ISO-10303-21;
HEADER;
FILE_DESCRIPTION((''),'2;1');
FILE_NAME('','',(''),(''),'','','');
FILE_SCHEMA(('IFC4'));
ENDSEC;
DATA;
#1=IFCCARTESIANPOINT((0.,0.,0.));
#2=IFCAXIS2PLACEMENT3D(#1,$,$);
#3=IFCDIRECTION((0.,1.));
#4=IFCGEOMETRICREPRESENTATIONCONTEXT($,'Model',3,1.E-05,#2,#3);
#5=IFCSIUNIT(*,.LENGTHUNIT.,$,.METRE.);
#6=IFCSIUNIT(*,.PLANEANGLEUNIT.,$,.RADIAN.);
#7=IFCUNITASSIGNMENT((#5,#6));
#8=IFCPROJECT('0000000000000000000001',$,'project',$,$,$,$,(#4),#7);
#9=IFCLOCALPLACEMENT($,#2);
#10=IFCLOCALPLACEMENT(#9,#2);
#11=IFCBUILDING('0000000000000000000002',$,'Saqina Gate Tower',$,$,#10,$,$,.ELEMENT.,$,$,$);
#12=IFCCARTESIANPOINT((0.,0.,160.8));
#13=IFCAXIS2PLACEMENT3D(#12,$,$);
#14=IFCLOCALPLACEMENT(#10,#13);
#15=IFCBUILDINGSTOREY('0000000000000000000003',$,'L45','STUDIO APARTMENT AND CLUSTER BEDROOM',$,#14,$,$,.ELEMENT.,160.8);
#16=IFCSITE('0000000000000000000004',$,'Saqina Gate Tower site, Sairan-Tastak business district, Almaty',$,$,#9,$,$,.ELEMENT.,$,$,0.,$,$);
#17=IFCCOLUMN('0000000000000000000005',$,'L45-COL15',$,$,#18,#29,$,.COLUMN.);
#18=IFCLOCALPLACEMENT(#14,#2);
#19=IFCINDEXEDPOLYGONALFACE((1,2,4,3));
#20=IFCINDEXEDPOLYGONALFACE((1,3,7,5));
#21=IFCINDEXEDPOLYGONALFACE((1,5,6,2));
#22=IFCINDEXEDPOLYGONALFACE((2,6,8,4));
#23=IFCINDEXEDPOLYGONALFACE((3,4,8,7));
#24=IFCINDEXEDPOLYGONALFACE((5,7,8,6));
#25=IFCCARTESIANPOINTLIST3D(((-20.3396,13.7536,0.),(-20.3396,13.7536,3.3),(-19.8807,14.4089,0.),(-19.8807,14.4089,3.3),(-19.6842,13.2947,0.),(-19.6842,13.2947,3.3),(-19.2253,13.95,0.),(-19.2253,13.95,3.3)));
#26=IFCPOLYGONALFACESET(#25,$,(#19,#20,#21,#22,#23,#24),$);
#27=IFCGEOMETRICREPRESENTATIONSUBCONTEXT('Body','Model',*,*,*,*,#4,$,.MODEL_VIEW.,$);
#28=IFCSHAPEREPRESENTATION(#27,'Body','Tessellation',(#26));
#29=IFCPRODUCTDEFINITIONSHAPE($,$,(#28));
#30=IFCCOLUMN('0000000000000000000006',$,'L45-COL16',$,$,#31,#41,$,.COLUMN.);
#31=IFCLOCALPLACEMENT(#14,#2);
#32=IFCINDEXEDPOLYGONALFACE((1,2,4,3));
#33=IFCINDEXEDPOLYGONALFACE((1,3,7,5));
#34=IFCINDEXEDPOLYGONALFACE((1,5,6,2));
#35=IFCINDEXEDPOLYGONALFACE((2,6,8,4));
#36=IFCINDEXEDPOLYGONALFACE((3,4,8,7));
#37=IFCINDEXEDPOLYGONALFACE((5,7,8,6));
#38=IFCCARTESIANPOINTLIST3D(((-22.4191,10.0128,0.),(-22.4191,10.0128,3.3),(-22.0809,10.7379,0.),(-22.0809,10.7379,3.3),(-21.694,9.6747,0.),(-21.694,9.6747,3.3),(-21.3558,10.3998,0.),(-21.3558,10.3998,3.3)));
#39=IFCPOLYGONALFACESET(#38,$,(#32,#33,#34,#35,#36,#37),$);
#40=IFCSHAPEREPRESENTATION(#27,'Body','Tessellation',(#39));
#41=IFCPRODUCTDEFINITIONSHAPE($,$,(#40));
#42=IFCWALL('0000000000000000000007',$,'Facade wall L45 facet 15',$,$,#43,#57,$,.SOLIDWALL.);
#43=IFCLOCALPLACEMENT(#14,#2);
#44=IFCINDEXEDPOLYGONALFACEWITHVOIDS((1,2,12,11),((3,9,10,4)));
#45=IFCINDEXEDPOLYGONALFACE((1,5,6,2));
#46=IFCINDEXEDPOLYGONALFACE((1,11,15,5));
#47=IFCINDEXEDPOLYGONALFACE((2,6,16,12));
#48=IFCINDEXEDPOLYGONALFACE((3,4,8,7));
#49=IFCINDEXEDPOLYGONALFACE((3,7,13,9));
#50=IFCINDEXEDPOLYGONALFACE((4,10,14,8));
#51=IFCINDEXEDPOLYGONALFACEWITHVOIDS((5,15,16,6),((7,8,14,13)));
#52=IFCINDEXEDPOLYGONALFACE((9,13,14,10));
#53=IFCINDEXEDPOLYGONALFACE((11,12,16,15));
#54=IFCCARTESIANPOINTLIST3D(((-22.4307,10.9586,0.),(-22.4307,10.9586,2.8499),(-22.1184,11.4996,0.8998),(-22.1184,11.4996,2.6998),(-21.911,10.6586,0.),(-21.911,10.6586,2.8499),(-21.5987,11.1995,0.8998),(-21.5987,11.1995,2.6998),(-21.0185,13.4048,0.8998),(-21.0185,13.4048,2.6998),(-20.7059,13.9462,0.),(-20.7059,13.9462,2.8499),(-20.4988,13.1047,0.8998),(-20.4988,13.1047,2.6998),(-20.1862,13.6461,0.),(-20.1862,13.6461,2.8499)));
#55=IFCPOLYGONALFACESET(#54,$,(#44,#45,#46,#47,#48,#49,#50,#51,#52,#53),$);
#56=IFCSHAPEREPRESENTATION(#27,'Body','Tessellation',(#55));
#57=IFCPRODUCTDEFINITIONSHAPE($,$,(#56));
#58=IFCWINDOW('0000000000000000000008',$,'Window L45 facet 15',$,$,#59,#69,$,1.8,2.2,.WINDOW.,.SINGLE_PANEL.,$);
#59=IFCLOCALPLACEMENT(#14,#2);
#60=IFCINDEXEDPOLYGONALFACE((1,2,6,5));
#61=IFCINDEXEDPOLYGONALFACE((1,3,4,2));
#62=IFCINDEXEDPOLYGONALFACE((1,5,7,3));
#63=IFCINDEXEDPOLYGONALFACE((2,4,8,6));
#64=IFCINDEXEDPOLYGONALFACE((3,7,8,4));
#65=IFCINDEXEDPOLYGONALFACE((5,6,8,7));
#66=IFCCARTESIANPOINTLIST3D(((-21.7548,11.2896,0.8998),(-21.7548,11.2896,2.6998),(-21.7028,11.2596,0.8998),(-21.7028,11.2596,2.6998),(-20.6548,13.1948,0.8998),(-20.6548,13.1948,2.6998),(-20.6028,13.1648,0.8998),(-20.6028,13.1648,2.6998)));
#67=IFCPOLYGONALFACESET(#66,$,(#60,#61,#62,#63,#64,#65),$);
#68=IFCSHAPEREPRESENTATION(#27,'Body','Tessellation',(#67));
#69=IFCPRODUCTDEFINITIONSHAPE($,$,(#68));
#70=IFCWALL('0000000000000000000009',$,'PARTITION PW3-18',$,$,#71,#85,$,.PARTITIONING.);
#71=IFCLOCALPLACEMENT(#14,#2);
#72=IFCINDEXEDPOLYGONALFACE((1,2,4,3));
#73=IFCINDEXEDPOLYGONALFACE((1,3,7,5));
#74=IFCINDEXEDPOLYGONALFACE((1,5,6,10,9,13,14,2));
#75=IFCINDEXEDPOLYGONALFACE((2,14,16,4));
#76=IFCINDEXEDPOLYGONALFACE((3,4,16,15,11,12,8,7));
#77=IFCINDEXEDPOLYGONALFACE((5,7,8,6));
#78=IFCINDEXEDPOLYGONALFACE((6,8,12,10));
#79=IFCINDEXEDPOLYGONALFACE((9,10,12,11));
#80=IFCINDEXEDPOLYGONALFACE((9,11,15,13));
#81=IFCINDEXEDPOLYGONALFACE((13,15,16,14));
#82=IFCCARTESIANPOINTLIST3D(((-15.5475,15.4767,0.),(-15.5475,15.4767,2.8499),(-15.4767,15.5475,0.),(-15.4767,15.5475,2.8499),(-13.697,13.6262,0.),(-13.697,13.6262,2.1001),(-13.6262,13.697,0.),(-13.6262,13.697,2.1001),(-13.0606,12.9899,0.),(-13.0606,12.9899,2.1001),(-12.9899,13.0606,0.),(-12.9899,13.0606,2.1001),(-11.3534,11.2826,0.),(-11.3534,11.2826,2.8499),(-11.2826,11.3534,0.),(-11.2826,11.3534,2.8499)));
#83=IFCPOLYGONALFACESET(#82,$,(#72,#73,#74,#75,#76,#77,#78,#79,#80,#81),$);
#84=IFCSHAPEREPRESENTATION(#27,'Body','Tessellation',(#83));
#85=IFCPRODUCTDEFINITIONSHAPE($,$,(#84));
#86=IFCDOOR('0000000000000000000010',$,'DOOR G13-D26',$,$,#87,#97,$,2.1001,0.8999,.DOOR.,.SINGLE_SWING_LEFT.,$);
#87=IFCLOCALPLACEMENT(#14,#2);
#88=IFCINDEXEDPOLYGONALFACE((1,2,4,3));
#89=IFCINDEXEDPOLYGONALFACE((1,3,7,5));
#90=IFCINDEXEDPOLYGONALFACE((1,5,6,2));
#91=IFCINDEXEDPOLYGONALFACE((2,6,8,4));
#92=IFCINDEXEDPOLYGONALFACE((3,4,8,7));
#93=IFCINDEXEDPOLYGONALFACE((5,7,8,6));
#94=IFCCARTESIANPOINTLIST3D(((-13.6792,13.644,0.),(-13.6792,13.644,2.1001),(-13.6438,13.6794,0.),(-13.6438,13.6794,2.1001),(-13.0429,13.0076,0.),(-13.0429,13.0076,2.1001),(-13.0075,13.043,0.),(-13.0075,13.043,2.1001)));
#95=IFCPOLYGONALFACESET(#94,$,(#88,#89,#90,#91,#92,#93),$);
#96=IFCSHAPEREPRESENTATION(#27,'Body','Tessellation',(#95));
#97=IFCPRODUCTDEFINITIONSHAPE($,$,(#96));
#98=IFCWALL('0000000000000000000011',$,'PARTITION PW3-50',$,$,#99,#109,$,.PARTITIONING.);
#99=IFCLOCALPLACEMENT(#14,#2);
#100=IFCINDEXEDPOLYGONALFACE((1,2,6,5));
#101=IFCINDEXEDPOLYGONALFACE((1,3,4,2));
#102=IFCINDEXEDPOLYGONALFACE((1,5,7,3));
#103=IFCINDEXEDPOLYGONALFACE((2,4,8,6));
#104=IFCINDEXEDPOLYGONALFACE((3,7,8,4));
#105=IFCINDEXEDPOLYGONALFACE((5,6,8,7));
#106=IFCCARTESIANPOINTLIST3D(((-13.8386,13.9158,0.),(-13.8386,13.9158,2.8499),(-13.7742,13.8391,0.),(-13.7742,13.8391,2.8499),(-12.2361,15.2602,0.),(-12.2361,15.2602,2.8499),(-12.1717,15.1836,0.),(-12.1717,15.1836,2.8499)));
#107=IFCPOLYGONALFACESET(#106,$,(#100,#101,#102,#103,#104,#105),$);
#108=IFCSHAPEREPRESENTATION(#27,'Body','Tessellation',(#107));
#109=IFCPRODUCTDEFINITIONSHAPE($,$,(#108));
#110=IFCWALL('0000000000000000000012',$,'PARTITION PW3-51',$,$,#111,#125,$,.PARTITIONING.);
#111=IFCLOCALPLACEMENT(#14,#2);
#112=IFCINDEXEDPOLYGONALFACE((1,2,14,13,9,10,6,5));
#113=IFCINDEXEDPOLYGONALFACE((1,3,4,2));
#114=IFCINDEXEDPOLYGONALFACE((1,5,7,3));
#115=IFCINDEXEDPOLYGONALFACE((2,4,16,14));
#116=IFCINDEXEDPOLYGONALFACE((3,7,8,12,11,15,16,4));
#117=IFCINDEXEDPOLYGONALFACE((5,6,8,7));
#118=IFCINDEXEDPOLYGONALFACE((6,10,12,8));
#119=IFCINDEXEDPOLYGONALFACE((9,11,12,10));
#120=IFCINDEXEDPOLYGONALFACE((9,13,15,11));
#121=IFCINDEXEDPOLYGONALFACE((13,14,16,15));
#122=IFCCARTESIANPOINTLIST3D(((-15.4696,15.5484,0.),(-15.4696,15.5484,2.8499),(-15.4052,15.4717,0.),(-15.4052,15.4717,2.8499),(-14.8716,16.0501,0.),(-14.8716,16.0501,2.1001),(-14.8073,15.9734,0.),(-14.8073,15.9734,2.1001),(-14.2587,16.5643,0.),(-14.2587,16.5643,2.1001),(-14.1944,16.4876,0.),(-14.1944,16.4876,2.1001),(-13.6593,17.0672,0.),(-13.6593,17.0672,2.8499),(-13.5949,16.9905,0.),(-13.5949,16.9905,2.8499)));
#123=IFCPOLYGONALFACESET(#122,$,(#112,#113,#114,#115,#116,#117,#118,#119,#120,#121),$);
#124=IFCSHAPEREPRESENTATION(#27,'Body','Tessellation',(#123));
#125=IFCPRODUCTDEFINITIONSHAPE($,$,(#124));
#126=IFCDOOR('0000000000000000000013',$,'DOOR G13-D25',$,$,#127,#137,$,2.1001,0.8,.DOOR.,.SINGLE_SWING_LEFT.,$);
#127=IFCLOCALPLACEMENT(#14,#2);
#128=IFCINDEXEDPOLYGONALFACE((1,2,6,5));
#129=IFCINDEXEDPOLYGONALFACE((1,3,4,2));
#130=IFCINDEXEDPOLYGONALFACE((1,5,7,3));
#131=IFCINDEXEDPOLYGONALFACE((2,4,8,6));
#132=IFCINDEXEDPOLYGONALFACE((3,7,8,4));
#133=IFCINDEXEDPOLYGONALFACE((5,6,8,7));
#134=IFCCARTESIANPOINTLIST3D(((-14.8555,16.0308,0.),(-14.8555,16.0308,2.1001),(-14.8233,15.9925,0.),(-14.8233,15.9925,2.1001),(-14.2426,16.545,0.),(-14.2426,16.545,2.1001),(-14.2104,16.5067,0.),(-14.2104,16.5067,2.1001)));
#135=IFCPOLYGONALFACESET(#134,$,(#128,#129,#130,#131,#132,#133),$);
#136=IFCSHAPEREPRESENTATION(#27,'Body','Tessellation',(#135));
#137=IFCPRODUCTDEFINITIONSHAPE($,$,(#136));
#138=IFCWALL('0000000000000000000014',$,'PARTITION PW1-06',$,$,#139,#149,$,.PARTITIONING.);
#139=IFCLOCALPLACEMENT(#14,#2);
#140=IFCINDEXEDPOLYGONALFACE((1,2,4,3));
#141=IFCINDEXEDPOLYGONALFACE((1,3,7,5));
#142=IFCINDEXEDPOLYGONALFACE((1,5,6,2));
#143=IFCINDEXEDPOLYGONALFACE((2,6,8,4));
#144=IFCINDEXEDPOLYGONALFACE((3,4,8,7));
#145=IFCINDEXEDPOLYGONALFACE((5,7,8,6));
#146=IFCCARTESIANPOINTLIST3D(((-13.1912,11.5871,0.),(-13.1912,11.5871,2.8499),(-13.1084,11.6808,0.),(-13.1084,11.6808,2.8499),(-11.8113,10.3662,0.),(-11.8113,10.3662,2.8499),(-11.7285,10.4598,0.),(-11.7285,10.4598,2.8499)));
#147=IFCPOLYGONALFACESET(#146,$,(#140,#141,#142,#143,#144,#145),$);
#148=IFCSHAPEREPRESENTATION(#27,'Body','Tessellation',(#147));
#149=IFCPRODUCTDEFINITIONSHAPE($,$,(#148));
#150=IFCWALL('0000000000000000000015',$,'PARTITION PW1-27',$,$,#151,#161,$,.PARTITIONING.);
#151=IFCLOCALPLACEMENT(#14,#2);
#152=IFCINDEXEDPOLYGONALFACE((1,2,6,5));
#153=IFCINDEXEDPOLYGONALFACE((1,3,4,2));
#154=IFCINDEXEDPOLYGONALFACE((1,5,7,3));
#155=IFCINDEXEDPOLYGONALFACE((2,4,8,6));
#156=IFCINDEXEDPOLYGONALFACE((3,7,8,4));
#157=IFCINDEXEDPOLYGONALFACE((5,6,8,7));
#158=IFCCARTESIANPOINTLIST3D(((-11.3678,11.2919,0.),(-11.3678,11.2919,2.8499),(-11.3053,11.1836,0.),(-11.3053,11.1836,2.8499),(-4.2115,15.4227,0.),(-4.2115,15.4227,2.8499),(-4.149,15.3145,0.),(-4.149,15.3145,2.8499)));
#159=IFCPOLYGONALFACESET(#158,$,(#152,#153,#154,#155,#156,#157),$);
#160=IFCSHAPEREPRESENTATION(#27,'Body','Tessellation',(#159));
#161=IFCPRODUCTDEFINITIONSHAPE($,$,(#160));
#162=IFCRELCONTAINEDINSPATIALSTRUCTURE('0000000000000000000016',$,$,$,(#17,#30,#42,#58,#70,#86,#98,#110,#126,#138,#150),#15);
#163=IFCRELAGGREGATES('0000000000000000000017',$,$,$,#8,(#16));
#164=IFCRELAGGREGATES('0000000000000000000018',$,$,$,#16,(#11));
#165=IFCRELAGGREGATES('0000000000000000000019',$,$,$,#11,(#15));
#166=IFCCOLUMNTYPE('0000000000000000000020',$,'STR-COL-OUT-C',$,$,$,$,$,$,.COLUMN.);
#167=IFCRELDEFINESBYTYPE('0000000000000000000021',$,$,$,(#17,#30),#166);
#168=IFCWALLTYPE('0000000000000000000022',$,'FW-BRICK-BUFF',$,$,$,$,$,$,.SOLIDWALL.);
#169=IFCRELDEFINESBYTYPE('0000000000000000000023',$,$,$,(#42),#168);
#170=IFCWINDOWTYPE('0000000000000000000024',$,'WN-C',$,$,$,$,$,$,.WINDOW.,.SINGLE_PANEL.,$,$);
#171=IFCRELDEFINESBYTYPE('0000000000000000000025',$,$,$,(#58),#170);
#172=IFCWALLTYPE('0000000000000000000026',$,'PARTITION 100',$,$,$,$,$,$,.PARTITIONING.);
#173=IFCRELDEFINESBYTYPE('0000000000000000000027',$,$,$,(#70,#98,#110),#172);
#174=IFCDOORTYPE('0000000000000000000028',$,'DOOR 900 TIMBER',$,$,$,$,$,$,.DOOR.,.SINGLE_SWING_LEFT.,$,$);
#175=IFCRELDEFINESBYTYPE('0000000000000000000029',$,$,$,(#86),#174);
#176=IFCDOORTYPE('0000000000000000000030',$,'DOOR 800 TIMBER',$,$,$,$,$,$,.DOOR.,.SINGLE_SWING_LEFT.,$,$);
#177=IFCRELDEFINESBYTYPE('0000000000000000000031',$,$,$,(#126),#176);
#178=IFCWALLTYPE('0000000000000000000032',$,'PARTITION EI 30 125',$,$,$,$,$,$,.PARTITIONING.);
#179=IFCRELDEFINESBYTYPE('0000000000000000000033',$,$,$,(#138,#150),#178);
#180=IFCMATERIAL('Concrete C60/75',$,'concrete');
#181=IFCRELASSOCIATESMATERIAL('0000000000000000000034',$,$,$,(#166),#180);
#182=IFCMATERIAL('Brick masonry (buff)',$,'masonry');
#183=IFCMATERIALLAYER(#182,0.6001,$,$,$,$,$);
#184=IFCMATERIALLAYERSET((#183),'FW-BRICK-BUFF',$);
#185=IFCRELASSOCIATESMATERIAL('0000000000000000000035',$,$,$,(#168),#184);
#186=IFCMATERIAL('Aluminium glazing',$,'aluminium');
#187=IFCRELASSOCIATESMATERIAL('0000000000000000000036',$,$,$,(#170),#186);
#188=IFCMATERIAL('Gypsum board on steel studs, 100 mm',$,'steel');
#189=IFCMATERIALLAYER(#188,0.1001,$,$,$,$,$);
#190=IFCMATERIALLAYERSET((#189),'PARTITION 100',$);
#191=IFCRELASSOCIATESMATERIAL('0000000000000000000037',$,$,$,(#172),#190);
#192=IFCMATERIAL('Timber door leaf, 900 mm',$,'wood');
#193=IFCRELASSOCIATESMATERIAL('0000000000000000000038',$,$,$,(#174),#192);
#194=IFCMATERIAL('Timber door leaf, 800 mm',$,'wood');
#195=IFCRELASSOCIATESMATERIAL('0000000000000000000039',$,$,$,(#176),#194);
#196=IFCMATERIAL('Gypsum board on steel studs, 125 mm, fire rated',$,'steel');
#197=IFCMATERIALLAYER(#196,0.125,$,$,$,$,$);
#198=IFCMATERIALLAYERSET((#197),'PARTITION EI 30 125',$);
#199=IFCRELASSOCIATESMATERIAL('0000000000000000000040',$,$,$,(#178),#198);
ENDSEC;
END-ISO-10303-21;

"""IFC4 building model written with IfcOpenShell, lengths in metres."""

from ifc_helpers import new_model, si_unit, direction, frame, frame_2d, origin, origin_2d, place, context, subcontext, project, spatial, rectangle, extrude, material, layer, layer_set, material_profile, profile_set, type_object, element, fill, save


model = new_model("IFC4")

# Units and contexts
model_context = context("Model", 3, precision=1e-05, world=origin(), true_north=direction((0.0, 1.0)))
body_context = subcontext(model_context, "Body", "Model", "MODEL_VIEW")
ifc_project = project(units=[si_unit("LENGTHUNIT", "METRE"), si_unit("PLANEANGLEUNIT", "RADIAN")], contexts=[model_context])

# Site, building, storey
site_placement = place(None, origin())
site = spatial("IfcSite", under=ifc_project, at=site_placement, Name="Saqina Gate Tower site, Sairan-Tastak business district, Almaty", CompositionType="ELEMENT", RefElevation=0.0)
building_placement = place(site_placement, origin())
building = spatial("IfcBuilding", under=site, at=building_placement, Name="Saqina Gate Tower", CompositionType="ELEMENT")
storey_placement = place(building_placement, frame((0.0, 0.0, 160.8)))
storey = spatial("IfcBuildingStorey", under=building, at=storey_placement, Name="L45", Description="STUDIO APARTMENT AND CLUSTER BEDROOM", CompositionType="ELEMENT", Elevation=160.8)

# Columns
ifc_material_1 = material(Name="Concrete C60/75", Category="concrete")
ifc_material_profile = material_profile(ifc_material_1, rectangle(XDim=0.8, YDim=0.8, at=origin_2d()), Name="RC 800x800")
ifc_profile_set = profile_set([ifc_material_profile], Name="Concrete C60/75")
column_type = type_object("IfcColumnType", Name="STR-COL-OUT-C", PredefinedType="COLUMN", material=ifc_profile_set)
for number, where, z_axis, x_axis, name in (
    (1, (-19.7825, 13.8518, 0.0), (0.0, 0.0, 1.0), (-0.819152, 0.573576, 0.0), "L45-COL15"),
    (2, (-21.8875, 10.2063, 0.0), (0.0, 0.0, 1.0), (-0.906308, 0.422618, 0.0), "L45-COL16"),
):
    element("IfcColumn", number, at=place(storey_placement, frame(where, z_axis=z_axis, x_axis=x_axis)), inside=storey, type_object=column_type, Name=name, PredefinedType="COLUMN", context=body_context, shape_type="SweptSolid", body=[
        extrude(rectangle(XDim=0.8, YDim=0.8, at=origin_2d()), origin(), (0.0, 0.0, 1.0), 3.3),
    ])

# Wall, opening, window
ifc_material_2 = material(Name="Brick masonry (buff)", Category="masonry")
ifc_layer_1 = layer(ifc_material_2, 0.6001)
ifc_layer_set_1 = layer_set([ifc_layer_1], Name="FW-BRICK-BUFF")
wall_type_1 = type_object("IfcWallType", Name="FW-BRICK-BUFF", PredefinedType="SOLIDWALL", material=ifc_layer_set_1)
wall_1_placement = place(storey_placement, frame((-20.446, 13.7961, 0.0), z_axis=(0.0, 0.0, 1.0), x_axis=(-0.499998, -0.866026, 0.0)))
wall_1 = element("IfcWall", 3, at=wall_1_placement, inside=storey, type_object=wall_type_1, Name="Facade wall L45 facet 15", PredefinedType="SOLIDWALL", context=body_context, shape_type="SweptSolid", body=[
    extrude(rectangle(XDim=3.4497, YDim=0.6001, at=frame_2d((1.7249, 0.0))), origin(), (0.0, 0.0, 1.0), 2.8499),
])
opening_1_placement = place(wall_1_placement, frame((0.625, 0.0, 0.8999)))
opening_1 = element("IfcOpeningElement", 4, at=opening_1_placement, cuts=wall_1, PredefinedType="OPENING", context=body_context, shape_type="SweptSolid", body=[
    extrude(rectangle(XDim=2.2, YDim=1.8, at=frame_2d((1.1001, 0.8999))), frame((0.0, 0.312, 0.0), z_axis=(0.0, -1.0, 0.0), x_axis=(1.0, 0.0, 0.0)), (0.0, 0.0, 1.0), 0.624),
])
ifc_material_3 = material(Name="Aluminium glazing", Category="aluminium")
window_type = type_object("IfcWindowType", Name="WN-C", PartitioningType="SINGLE_PANEL", PredefinedType="WINDOW", material=ifc_material_3)
window_placement = place(opening_1_placement, origin())
window = element("IfcWindow", 5, at=window_placement, inside=storey, type_object=window_type, Name="Window L45 facet 15", OverallHeight=1.8, OverallWidth=2.2, PartitioningType="SINGLE_PANEL", PredefinedType="WINDOW", context=body_context, shape_type="SweptSolid", body=[
    extrude(rectangle(XDim=2.2, YDim=1.8, at=frame_2d((1.1001, 0.8999))), frame((0.0, 0.1799, 0.0), z_axis=(0.0, -1.0, 0.0), x_axis=(1.0, 0.0, 0.0)), (0.0, 0.0, 1.0), 0.0601),
])
fill(opening_1, window)

# Wall, opening, door
ifc_material_4 = material(Name="Gypsum board on steel studs, 100 mm", Category="steel")
ifc_layer_2 = layer(ifc_material_4, 0.1001)
ifc_layer_set_2 = layer_set([ifc_layer_2], Name="PARTITION 100")
wall_type_2 = type_object("IfcWallType", Name="PARTITION 100", PredefinedType="PARTITIONING", material=ifc_layer_set_2)
wall_2_placement = place(storey_placement, frame((-15.5122, 15.5122, 0.0), z_axis=(0.0, 0.0, 1.0), x_axis=(0.707107, -0.707107, 0.0)))
wall_2 = element("IfcWall", 6, at=wall_2_placement, inside=storey, type_object=wall_type_2, Name="PARTITION PW3-18", PredefinedType="PARTITIONING", context=body_context, shape_type="SweptSolid", body=[
    extrude(rectangle(XDim=5.9314, YDim=0.1001, at=frame_2d((2.9658, 0.0))), origin(), (0.0, 0.0, 1.0), 2.8499),
])
opening_2_placement = place(wall_2_placement, frame((2.6172, 0.0, 0.0)))
opening_2 = element("IfcOpeningElement", 7, at=opening_2_placement, cuts=wall_2, PredefinedType="OPENING", context=body_context, shape_type="SweptSolid", body=[
    extrude(rectangle(XDim=0.8999, YDim=2.1001, at=frame_2d((0.45, 1.05))), frame((0.0, 0.062, 0.0), z_axis=(0.0, -1.0, 0.0), x_axis=(1.0, 0.0, 0.0)), (0.0, 0.0, 1.0), 0.124),
])
ifc_material_5 = material(Name="Timber door leaf, 900 mm", Category="wood")
door_type_1 = type_object("IfcDoorType", Name="DOOR 900 TIMBER", OperationType="SINGLE_SWING_LEFT", PredefinedType="DOOR", material=ifc_material_5)
door_1_placement = place(opening_2_placement, frame((0.8999, 0.0, 0.0), z_axis=(0.0, 0.0, 1.0), x_axis=(-1.0, 0.0, 0.0)))
door_1 = element("IfcDoor", 8, at=door_1_placement, inside=storey, type_object=door_type_1, Name="DOOR G13-D26", OperationType="SINGLE_SWING_LEFT", OverallHeight=2.1001, OverallWidth=0.8999, PredefinedType="DOOR", context=body_context, shape_type="SweptSolid", body=[
    extrude(rectangle(XDim=0.8999, YDim=2.1001, at=frame_2d((0.45, 1.05))), frame((0.0, 0.0249, 0.0), z_axis=(0.0, -1.0, 0.0), x_axis=(1.0, 0.0, 0.0)), (0.0, 0.0, 1.0), 0.05),
])
fill(opening_2, door_1)

# Wall
wall_3_placement = place(storey_placement, frame((-13.8064, 13.8774, 0.0), z_axis=(0.0, 0.0, 1.0), x_axis=(0.766093, 0.642729, 0.0)))
element("IfcWall", 9, at=wall_3_placement, inside=storey, type_object=wall_type_2, Name="PARTITION PW3-50", PredefinedType="PARTITIONING", context=body_context, shape_type="SweptSolid", body=[
    extrude(rectangle(XDim=2.0918, YDim=0.1001, at=frame_2d((1.0459, 0.0))), origin(), (0.0, 0.0, 1.0), 2.8499),
])

# Wall, opening, door
wall_4_placement = place(storey_placement, frame((-15.4375, 15.51, 0.0), z_axis=(0.0, 0.0, 1.0), x_axis=(0.766091, 0.642732, 0.0)))
wall_4 = element("IfcWall", 10, at=wall_4_placement, inside=storey, type_object=wall_type_2, Name="PARTITION PW3-51", PredefinedType="PARTITIONING", context=body_context, shape_type="SweptSolid", body=[
    extrude(rectangle(XDim=2.363, YDim=0.1001, at=frame_2d((1.1816, 0.0))), origin(), (0.0, 0.0, 1.0), 2.8499),
])
opening_3_placement = place(wall_4_placement, frame((0.7808, 0.0, 0.0)))
opening_3 = element("IfcOpeningElement", 11, at=opening_3_placement, cuts=wall_4, PredefinedType="OPENING", context=body_context, shape_type="SweptSolid", body=[
    extrude(rectangle(XDim=0.8, YDim=2.1001, at=frame_2d((0.3999, 1.05))), frame((0.0, 0.062, 0.0), z_axis=(0.0, -1.0, 0.0), x_axis=(1.0, 0.0, 0.0)), (0.0, 0.0, 1.0), 0.124),
])
ifc_material_6 = material(Name="Timber door leaf, 800 mm", Category="wood")
door_type_2 = type_object("IfcDoorType", Name="DOOR 800 TIMBER", OperationType="SINGLE_SWING_LEFT", PredefinedType="DOOR", material=ifc_material_6)
door_2_placement = place(opening_3_placement, origin())
door_2 = element("IfcDoor", 12, at=door_2_placement, inside=storey, type_object=door_type_2, Name="DOOR G13-D25", OperationType="SINGLE_SWING_LEFT", OverallHeight=2.1001, OverallWidth=0.8, PredefinedType="DOOR", context=body_context, shape_type="SweptSolid", body=[
    extrude(rectangle(XDim=0.8, YDim=2.1001, at=frame_2d((0.3999, 1.05))), frame((0.0, 0.0249, 0.0), z_axis=(0.0, -1.0, 0.0), x_axis=(1.0, 0.0, 0.0)), (0.0, 0.0, 1.0), 0.05),
])
fill(opening_3, door_2)

# Walls
ifc_material_7 = material(Name="Gypsum board on steel studs, 125 mm, fire rated", Category="steel")
ifc_layer_3 = layer(ifc_material_7, 0.125)
ifc_layer_set_3 = layer_set([ifc_layer_3], Name="PARTITION EI 30 125")
wall_type_3 = type_object("IfcWallType", Name="PARTITION EI 30 125", PredefinedType="PARTITIONING", material=ifc_layer_set_3)
wall_5_placement = place(storey_placement, frame((-13.1499, 11.634, 0.0), z_axis=(0.0, 0.0, 1.0), x_axis=(0.748921, -0.66266, 0.0)))
element("IfcWall", 13, at=wall_5_placement, inside=storey, type_object=wall_type_3, Name="PARTITION PW1-06", PredefinedType="PARTITIONING", context=body_context, shape_type="SweptSolid", body=[
    extrude(rectangle(XDim=1.8425, YDim=0.125, at=frame_2d((0.9214, 0.0))), origin(), (0.0, 0.0, 1.0), 2.8499),
])
wall_6_placement = place(storey_placement, frame((-11.3364, 11.2378, 0.0), z_axis=(0.0, 0.0, 1.0), x_axis=(0.866068, 0.499927, 0.0)))
element("IfcWall", 14, at=wall_6_placement, inside=storey, type_object=wall_type_3, Name="PARTITION PW1-27", PredefinedType="PARTITIONING", context=body_context, shape_type="SweptSolid", body=[
    extrude(rectangle(XDim=8.2629, YDim=0.125, at=frame_2d((4.1313, 0.0))), origin(), (0.0, 0.0, 1.0), 2.8499),
])

save(model, "model.ifc")
